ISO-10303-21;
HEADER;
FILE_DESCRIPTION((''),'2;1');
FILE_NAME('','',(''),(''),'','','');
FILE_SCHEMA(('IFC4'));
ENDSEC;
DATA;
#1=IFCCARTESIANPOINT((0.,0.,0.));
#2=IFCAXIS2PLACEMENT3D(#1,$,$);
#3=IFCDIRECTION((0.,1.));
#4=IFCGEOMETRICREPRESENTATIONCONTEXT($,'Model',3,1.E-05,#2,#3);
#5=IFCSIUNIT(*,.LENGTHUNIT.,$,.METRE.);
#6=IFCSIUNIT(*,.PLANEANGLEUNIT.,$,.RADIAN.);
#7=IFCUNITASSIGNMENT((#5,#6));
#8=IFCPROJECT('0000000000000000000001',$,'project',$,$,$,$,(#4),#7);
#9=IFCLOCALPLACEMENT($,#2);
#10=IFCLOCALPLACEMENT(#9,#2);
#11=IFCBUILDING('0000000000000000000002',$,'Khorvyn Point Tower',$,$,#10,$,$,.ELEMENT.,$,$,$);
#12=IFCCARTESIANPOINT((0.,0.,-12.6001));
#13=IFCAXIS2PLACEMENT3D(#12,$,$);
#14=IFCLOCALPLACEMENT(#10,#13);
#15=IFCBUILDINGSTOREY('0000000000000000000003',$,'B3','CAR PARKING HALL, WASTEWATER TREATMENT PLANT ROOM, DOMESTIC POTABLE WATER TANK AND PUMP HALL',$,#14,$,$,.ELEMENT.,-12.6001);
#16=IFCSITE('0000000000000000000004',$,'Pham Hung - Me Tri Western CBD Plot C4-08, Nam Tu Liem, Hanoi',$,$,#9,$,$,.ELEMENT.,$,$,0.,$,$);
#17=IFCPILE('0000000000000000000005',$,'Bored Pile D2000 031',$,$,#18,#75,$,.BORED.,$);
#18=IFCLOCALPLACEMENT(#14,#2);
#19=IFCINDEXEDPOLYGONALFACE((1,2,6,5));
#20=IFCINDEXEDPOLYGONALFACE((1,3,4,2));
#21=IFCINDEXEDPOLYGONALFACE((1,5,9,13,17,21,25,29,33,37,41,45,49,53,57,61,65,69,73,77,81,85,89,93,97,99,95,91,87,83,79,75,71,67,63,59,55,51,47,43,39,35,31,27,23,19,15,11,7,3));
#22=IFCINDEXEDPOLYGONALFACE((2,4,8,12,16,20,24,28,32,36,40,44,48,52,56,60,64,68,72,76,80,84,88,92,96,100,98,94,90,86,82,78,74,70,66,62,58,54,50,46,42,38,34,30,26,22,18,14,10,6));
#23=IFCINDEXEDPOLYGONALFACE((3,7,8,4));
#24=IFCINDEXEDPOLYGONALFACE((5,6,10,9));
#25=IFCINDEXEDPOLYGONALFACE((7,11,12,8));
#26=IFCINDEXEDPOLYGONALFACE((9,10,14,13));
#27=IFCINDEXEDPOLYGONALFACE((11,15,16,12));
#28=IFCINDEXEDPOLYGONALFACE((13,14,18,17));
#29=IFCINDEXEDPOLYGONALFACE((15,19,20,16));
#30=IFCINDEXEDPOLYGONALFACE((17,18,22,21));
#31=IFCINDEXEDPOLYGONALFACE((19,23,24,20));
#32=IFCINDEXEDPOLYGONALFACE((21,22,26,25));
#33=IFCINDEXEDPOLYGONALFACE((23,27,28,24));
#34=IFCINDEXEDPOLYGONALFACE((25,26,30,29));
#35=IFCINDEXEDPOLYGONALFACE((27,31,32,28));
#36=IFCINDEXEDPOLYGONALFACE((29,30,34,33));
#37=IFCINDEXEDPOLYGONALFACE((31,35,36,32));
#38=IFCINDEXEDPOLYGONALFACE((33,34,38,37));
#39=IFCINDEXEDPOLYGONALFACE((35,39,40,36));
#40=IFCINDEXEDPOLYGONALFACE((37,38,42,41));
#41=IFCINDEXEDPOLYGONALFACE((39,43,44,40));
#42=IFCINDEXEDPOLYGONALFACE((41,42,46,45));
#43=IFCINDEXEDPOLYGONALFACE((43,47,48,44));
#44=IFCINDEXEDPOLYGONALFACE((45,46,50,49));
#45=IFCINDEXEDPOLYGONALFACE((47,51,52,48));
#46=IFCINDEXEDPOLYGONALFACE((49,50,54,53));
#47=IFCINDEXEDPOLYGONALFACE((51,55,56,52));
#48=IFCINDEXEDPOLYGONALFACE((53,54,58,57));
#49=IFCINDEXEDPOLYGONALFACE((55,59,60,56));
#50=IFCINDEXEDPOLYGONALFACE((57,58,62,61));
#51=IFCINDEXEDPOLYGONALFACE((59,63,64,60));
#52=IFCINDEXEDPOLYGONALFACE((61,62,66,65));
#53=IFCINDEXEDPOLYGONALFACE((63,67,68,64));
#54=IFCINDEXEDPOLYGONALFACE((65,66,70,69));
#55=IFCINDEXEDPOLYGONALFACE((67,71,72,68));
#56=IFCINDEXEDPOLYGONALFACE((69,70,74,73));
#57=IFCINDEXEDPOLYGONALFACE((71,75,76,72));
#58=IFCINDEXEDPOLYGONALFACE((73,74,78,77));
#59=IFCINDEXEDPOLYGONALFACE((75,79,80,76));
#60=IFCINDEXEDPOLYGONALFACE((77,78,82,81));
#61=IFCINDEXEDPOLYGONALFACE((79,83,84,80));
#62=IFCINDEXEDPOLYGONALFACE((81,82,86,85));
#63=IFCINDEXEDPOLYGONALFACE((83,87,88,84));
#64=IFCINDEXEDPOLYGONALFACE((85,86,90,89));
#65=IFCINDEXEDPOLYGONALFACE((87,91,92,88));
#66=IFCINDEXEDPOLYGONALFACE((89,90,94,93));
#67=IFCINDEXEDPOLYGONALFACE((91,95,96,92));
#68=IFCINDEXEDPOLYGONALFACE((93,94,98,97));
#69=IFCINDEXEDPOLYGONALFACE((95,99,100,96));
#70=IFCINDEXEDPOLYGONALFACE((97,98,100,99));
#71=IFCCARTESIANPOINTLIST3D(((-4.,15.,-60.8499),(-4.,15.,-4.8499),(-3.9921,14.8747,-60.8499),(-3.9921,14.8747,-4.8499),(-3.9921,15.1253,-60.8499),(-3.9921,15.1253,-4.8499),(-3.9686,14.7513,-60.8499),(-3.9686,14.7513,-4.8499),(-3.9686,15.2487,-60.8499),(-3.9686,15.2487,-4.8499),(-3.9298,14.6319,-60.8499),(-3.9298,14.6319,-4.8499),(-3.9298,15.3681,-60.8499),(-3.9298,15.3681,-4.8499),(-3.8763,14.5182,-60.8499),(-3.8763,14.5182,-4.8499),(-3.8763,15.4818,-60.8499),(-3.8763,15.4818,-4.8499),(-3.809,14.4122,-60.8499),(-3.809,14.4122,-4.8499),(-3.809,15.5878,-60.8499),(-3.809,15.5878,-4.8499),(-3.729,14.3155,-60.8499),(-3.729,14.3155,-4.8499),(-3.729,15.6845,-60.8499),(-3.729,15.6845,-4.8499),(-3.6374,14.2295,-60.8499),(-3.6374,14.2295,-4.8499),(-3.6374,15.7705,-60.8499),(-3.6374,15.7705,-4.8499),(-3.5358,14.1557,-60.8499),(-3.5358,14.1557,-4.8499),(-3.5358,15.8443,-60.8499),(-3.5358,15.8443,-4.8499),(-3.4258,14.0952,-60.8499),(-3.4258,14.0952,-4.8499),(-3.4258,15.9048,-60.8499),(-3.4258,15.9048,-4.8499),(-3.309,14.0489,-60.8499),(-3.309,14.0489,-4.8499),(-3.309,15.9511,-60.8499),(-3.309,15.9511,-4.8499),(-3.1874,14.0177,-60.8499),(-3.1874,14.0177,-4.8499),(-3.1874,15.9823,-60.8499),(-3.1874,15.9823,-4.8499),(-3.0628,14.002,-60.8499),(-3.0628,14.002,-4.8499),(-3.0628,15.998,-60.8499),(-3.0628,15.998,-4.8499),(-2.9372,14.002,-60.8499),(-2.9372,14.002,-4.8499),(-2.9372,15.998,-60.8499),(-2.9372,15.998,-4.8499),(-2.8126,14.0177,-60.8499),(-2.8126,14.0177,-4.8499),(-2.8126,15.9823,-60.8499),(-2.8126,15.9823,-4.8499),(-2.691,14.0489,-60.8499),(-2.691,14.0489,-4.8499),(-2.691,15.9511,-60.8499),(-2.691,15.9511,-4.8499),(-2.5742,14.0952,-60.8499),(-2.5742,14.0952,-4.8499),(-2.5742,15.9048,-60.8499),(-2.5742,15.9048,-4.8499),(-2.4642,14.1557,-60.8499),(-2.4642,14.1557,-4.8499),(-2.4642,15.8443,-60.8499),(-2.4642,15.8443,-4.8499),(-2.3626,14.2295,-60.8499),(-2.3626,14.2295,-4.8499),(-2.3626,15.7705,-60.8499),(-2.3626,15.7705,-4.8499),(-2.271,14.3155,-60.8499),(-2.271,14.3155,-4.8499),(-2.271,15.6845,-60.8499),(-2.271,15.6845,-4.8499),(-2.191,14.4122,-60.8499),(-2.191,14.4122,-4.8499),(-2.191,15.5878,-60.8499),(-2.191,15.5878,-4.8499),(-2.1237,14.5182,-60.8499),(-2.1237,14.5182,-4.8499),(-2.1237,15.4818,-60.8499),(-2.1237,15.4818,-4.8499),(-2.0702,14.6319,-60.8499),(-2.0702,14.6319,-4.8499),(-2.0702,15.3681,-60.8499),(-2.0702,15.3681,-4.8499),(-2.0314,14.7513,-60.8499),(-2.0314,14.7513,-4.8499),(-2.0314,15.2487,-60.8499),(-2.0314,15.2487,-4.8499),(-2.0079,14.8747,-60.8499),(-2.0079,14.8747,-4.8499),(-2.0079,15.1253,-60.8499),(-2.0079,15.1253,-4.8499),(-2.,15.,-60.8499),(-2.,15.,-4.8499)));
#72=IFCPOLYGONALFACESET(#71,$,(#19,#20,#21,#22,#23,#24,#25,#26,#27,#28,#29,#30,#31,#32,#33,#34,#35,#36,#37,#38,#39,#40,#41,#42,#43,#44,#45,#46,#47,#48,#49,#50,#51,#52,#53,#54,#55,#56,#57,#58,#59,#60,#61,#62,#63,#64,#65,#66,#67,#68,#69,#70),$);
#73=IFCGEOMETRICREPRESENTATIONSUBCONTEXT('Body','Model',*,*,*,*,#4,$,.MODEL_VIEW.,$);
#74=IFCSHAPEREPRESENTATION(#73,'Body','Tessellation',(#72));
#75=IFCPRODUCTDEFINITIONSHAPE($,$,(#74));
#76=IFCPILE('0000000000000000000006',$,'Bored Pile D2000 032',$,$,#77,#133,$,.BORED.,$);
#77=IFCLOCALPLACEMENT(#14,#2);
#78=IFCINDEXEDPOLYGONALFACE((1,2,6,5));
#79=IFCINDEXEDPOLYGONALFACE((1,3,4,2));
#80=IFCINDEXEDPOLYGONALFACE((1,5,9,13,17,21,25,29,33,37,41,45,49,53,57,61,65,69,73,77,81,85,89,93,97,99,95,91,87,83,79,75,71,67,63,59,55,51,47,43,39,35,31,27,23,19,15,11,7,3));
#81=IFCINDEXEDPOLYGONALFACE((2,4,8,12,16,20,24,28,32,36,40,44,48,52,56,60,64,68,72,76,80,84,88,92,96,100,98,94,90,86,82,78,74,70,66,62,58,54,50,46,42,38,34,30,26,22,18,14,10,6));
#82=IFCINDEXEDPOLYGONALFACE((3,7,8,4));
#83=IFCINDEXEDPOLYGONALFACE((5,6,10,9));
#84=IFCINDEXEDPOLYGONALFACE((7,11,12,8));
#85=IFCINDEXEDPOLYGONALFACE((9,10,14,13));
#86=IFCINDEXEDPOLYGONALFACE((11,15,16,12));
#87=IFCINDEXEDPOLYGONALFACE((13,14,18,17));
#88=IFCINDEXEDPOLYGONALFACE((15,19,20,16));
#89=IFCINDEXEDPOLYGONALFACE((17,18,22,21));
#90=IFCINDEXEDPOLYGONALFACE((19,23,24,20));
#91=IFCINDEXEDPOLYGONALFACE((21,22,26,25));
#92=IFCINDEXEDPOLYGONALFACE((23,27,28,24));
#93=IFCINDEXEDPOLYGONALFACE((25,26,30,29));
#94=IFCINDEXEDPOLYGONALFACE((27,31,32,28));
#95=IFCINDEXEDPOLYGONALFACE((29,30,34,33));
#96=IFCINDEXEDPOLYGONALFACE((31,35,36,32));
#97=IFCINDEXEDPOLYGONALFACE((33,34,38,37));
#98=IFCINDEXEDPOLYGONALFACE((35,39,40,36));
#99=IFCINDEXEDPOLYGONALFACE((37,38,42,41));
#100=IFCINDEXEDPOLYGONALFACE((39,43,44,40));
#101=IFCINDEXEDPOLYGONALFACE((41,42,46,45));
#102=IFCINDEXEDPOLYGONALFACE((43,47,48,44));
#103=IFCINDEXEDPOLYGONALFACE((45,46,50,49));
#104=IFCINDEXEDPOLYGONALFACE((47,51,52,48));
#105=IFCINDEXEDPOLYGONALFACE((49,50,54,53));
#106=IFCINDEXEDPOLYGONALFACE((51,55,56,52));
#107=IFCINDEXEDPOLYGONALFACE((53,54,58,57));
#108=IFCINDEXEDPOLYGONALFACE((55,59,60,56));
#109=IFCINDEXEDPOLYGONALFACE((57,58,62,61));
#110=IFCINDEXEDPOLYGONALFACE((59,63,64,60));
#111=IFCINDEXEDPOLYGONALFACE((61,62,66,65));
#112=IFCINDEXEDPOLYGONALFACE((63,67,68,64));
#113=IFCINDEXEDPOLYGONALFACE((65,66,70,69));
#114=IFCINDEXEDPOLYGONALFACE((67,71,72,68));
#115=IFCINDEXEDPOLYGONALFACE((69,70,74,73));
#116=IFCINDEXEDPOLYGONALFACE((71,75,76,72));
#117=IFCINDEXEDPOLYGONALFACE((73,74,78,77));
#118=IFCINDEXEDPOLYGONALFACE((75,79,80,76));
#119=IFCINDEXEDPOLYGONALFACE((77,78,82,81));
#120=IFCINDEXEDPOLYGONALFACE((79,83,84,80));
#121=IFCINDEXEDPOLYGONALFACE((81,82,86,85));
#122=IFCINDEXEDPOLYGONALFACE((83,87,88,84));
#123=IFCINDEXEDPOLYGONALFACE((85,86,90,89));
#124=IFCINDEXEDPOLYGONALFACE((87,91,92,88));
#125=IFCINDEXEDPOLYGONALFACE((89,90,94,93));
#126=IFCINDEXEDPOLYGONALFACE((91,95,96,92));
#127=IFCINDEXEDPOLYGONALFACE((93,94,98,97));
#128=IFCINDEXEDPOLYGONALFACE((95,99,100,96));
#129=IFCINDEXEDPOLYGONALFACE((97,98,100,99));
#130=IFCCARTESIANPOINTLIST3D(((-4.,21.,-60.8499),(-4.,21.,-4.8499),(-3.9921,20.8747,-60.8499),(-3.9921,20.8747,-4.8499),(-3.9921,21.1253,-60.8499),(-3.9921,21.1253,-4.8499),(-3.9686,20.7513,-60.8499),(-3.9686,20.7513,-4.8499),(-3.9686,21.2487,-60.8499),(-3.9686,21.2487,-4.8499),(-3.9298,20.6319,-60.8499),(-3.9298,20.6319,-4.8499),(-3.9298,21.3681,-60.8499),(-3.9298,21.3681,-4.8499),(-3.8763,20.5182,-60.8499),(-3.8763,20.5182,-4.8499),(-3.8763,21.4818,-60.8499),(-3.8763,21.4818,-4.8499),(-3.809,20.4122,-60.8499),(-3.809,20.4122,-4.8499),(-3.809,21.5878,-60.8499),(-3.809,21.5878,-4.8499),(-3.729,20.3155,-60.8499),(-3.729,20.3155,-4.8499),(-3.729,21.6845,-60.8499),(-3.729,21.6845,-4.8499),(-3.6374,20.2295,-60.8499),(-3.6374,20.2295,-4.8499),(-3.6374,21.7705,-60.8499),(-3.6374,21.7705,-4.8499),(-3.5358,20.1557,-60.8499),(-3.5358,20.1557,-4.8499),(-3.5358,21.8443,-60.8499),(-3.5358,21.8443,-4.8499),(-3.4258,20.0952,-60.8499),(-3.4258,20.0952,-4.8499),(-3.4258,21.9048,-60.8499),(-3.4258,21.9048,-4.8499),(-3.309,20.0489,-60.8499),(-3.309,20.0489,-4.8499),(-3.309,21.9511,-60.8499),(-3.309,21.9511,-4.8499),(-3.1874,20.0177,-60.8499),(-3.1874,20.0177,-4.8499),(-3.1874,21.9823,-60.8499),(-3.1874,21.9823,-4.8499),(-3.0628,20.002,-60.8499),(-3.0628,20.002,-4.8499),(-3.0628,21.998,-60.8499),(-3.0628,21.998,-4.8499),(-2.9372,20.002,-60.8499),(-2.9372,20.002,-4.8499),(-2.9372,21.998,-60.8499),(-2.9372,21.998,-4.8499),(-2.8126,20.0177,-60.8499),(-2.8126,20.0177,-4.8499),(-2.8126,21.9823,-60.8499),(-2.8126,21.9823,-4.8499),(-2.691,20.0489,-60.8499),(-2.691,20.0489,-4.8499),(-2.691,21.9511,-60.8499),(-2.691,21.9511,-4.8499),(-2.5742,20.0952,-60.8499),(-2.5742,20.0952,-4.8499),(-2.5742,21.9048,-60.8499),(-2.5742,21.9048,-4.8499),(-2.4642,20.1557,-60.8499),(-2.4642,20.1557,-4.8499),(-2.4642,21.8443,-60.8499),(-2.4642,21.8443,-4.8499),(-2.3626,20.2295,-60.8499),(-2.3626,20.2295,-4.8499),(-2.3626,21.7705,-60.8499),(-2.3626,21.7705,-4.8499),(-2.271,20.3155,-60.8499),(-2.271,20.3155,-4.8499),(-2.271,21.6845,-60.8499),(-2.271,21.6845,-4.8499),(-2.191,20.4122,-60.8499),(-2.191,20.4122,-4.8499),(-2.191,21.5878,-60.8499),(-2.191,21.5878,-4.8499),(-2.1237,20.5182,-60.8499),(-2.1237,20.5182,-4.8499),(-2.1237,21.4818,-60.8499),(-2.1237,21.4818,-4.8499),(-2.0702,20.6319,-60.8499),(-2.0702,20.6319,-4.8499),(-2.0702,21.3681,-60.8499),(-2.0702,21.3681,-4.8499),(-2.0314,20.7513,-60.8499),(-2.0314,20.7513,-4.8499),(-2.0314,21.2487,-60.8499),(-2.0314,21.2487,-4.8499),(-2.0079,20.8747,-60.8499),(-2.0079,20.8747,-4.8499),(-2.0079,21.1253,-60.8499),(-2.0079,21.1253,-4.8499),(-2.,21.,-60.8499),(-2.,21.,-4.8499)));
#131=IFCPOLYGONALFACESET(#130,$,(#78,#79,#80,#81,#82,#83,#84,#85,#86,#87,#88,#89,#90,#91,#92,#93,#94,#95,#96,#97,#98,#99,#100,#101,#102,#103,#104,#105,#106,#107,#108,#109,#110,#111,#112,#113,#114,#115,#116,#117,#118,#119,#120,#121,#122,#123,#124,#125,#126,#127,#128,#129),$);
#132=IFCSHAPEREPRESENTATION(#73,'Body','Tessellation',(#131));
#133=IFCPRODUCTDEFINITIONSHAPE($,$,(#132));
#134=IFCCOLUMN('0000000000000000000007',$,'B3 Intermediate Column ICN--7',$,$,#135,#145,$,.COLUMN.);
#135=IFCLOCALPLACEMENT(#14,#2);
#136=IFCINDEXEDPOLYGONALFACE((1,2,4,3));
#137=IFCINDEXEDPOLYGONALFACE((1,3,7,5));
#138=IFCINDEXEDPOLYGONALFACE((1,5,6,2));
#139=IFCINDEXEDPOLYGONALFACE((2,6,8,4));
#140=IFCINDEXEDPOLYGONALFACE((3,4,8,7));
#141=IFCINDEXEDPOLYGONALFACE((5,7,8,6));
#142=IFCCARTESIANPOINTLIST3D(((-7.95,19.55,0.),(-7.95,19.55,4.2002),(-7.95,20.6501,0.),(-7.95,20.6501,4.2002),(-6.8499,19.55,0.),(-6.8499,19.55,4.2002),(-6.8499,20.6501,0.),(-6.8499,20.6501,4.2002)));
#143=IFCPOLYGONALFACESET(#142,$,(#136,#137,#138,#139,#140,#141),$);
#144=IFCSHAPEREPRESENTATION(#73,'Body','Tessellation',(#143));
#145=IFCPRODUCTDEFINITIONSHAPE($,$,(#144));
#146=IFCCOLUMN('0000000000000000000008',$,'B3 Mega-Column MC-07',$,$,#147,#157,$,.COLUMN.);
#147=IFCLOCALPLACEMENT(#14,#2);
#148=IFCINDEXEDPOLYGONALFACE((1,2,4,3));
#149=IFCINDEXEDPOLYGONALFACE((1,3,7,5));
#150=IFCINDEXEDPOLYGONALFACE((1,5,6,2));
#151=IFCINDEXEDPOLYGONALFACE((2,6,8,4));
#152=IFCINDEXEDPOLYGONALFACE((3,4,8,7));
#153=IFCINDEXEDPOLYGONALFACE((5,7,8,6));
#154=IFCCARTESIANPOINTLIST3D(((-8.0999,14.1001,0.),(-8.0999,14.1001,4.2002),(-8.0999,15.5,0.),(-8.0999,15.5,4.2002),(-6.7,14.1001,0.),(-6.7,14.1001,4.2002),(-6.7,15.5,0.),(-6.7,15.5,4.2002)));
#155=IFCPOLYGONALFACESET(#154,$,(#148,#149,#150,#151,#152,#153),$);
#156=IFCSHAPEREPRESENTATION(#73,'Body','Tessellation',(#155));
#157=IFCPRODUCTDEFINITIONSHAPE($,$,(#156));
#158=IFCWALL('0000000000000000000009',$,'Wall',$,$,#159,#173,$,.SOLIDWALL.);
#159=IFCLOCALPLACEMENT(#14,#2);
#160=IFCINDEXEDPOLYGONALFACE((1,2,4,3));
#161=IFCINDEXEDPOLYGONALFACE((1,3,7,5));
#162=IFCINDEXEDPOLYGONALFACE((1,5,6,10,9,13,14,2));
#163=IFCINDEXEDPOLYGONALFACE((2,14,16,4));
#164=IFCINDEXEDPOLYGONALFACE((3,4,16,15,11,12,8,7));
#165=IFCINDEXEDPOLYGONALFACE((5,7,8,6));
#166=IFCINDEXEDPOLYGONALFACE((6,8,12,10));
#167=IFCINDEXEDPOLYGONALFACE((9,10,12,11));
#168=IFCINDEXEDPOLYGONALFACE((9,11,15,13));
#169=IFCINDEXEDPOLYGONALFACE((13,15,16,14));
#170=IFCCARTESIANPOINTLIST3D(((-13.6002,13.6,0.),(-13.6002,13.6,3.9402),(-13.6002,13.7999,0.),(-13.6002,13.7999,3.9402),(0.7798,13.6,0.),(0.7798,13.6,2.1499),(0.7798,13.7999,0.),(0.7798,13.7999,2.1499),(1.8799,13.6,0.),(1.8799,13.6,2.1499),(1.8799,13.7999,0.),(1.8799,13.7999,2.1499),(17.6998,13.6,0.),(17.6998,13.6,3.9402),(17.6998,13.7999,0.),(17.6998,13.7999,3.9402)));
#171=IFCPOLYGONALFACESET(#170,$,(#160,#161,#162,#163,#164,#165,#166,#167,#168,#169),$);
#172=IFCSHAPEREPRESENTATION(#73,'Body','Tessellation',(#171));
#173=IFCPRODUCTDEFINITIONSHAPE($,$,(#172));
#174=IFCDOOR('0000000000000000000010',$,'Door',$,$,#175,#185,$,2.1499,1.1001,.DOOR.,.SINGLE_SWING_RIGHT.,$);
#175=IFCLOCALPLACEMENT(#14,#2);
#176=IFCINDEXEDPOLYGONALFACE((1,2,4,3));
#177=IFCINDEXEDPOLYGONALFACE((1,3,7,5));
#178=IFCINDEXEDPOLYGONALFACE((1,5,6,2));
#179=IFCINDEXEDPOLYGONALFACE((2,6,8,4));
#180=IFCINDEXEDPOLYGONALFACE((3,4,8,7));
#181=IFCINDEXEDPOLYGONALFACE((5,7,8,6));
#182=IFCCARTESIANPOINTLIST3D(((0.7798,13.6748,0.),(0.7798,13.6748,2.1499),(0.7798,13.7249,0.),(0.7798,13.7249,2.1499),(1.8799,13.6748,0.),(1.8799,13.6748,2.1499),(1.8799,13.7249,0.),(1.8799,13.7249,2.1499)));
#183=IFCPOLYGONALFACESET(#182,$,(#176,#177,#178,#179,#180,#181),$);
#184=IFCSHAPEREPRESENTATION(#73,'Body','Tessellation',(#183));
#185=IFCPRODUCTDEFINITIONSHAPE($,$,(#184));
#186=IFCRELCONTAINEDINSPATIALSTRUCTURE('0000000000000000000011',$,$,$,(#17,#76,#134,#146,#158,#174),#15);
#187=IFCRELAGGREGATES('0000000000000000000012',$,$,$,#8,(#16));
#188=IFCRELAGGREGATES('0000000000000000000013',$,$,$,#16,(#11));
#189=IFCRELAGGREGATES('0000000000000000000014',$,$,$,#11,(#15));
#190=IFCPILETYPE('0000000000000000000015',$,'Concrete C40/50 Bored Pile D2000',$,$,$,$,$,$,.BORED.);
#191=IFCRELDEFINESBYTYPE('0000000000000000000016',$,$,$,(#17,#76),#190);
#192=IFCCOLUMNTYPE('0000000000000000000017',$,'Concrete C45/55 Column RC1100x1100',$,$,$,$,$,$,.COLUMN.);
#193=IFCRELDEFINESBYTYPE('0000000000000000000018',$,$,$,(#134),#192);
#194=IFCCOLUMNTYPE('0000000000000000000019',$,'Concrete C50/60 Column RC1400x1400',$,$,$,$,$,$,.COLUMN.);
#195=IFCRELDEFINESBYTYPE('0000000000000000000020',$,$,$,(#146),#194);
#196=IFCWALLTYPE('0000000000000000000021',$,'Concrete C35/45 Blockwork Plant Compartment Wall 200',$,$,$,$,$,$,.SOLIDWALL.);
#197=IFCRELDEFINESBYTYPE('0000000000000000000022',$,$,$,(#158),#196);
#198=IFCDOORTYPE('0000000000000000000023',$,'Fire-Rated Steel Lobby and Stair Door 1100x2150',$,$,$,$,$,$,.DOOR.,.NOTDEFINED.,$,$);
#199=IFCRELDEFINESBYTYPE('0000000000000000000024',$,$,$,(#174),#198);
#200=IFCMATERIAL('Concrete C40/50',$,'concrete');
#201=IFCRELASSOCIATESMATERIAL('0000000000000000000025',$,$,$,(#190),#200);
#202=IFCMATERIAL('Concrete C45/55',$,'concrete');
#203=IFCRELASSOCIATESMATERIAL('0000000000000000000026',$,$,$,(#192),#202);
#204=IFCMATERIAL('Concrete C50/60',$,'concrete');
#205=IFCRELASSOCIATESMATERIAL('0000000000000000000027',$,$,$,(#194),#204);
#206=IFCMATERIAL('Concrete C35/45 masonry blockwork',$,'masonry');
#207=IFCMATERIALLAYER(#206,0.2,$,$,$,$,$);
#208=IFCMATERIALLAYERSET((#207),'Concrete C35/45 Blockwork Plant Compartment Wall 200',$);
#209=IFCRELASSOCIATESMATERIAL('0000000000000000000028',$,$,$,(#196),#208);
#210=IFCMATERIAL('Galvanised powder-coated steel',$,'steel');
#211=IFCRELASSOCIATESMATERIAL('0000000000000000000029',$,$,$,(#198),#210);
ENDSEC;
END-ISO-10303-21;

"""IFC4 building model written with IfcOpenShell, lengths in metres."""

from ifc_helpers import new_model, si_unit, direction, frame, frame_2d, origin, origin_2d, place, context, subcontext, project, spatial, rectangle, circle, extrude, material, layer, layer_set, material_profile, profile_set, type_object, element, fill, save


model = new_model("IFC4")

# Units and contexts
model_context = context("Model", 3, precision=1e-05, world=origin(), true_north=direction((0.0, 1.0)))
body_context = subcontext(model_context, "Body", "Model", "MODEL_VIEW")
ifc_project = project(units=[si_unit("LENGTHUNIT", "METRE"), si_unit("PLANEANGLEUNIT", "RADIAN")], contexts=[model_context])

# Site, building, storey
site_placement = place(None, origin())
site = spatial("IfcSite", under=ifc_project, at=site_placement, Name="Pham Hung - Me Tri Western CBD Plot C4-08, Nam Tu Liem, Hanoi", CompositionType="ELEMENT", RefElevation=0.0)
building_placement = place(site_placement, origin())
building = spatial("IfcBuilding", under=site, at=building_placement, Name="Khorvyn Point Tower", CompositionType="ELEMENT")
storey_placement = place(building_placement, frame((0.0, 0.0, -12.6001)))
storey = spatial("IfcBuildingStorey", under=building, at=storey_placement, Name="B3", Description="CAR PARKING HALL, WASTEWATER TREATMENT PLANT ROOM, DOMESTIC POTABLE WATER TANK AND PUMP HALL", CompositionType="ELEMENT", Elevation=-12.6001)

# Piles
ifc_material_1 = material(Name="Concrete C40/50", Category="concrete")
ifc_material_profile_1 = material_profile(ifc_material_1, circle(Radius=1.0, at=origin_2d()))
ifc_profile_set_1 = profile_set([ifc_material_profile_1], Name="Concrete C40/50 PILE-D2000")
pile_type_1 = type_object("IfcPileType", Name="Concrete C40/50 Bored Pile D2000", PredefinedType="BORED", material=ifc_profile_set_1)
for number, where, z_axis, x_axis, name in (
    (1, (-3.0, 15.0, -4.8499), (0.0, 0.0, -1.0), (1.0, 0.0, 0.0), "Bored Pile D2000 031"),
    (2, (-3.0, 21.0, -4.8499), (0.0, 0.0, -1.0), (1.0, 0.0, 0.0), "Bored Pile D2000 032"),
):
    element("IfcPile", number, at=place(storey_placement, frame(where, z_axis=z_axis, x_axis=x_axis)), inside=storey, type_object=pile_type_1, Name=name, PredefinedType="BORED", context=body_context, shape_type="SweptSolid", body=[
        extrude(circle(Radius=1.0, at=origin_2d()), origin(), (0.0, 0.0, 1.0), 56.0),
    ])

# Columns
ifc_material_2 = material(Name="Concrete C45/55", Category="concrete")
ifc_material_profile_2 = material_profile(ifc_material_2, rectangle(XDim=1.1001, YDim=1.1001, at=origin_2d()))
ifc_profile_set_2 = profile_set([ifc_material_profile_2], Name="Concrete C45/55 RC1100x1100")
column_type_1 = type_object("IfcColumnType", Name="Concrete C45/55 Column RC1100x1100", PredefinedType="COLUMN", material=ifc_profile_set_2)
column_1_placement = place(storey_placement, frame((-7.3999, 20.1001, 0.0), z_axis=(0.0, 0.0, 1.0), x_axis=(1.0, 0.0, 0.0)))
element("IfcColumn", 3, at=column_1_placement, inside=storey, type_object=column_type_1, Name="B3 Intermediate Column ICN--7", PredefinedType="COLUMN", context=body_context, shape_type="SweptSolid", body=[
    extrude(rectangle(XDim=1.1001, YDim=1.1001, at=origin_2d()), origin(), (0.0, 0.0, 1.0), 4.2002),
])
ifc_material_3 = material(Name="Concrete C50/60", Category="concrete")
ifc_material_profile_3 = material_profile(ifc_material_3, rectangle(XDim=1.3999, YDim=1.3999, at=origin_2d()))
ifc_profile_set_3 = profile_set([ifc_material_profile_3], Name="Concrete C50/60 RC1400x1400")
column_type_2 = type_object("IfcColumnType", Name="Concrete C50/60 Column RC1400x1400", PredefinedType="COLUMN", material=ifc_profile_set_3)
column_2_placement = place(storey_placement, frame((-7.3999, 14.8, 0.0), z_axis=(0.0, 0.0, 1.0), x_axis=(1.0, 0.0, 0.0)))
element("IfcColumn", 4, at=column_2_placement, inside=storey, type_object=column_type_2, Name="B3 Mega-Column MC-07", PredefinedType="COLUMN", context=body_context, shape_type="SweptSolid", body=[
    extrude(rectangle(XDim=1.3999, YDim=1.3999, at=origin_2d()), origin(), (0.0, 0.0, 1.0), 4.2002),
])

# Wall, opening, door
ifc_material_4 = material(Name="Concrete C35/45 masonry blockwork", Category="masonry")
ifc_layer_1 = layer(ifc_material_4, 0.2)
ifc_layer_set_1 = layer_set([ifc_layer_1], Name="Concrete C35/45 Blockwork Plant Compartment Wall 200")
wall_type_1 = type_object("IfcWallType", Name="Concrete C35/45 Blockwork Plant Compartment Wall 200", PredefinedType="SOLIDWALL", material=ifc_layer_set_1)
wall_1_placement = place(storey_placement, frame((-13.6001, 13.7, 0.0), z_axis=(0.0, 0.0, 1.0), x_axis=(1.0, 0.0, 0.0)))
wall_1 = element("IfcWall", 5, at=wall_1_placement, inside=storey, type_object=wall_type_1, Name="Wall", PredefinedType="SOLIDWALL", context=body_context, shape_type="SweptSolid", body=[
    extrude(rectangle(XDim=31.3, YDim=0.2, at=frame_2d((15.6499, 0.0))), origin(), (0.0, 0.0, 1.0), 3.9402),
])
opening_1_placement = place(wall_1_placement, frame((14.3799, 0.0, 0.0)))
opening_1 = element("IfcOpeningElement", 6, at=opening_1_placement, cuts=wall_1, PredefinedType="OPENING", context=body_context, shape_type="SweptSolid", body=[
    extrude(rectangle(XDim=1.1001, YDim=2.1499, at=frame_2d((0.55, 1.075))), frame((0.0, 0.1099, 0.0), z_axis=(0.0, -1.0, 0.0), x_axis=(1.0, 0.0, 0.0)), (0.0, 0.0, 1.0), 0.22),
])
ifc_material_5 = material(Name="Galvanised powder-coated steel", Category="steel")
door_type = type_object("IfcDoorType", Name="Fire-Rated Steel Lobby and Stair Door 1100x2150", OperationType="NOTDEFINED", PredefinedType="DOOR", material=ifc_material_5)
door_1_placement = place(opening_1_placement, origin())
door_1 = element("IfcDoor", 7, at=door_1_placement, inside=storey, type_object=door_type, Name="Door", OperationType="SINGLE_SWING_RIGHT", OverallHeight=2.1499, OverallWidth=1.1001, PredefinedType="DOOR", context=body_context, shape_type="SweptSolid", body=[
    extrude(rectangle(XDim=1.1001, YDim=2.1499, at=frame_2d((0.55, 1.075))), frame((0.0, 0.0249, 0.0), z_axis=(0.0, -1.0, 0.0), x_axis=(1.0, 0.0, 0.0)), (0.0, 0.0, 1.0), 0.05),
])
fill(opening_1, door_1)

save(model, "model.ifc")
